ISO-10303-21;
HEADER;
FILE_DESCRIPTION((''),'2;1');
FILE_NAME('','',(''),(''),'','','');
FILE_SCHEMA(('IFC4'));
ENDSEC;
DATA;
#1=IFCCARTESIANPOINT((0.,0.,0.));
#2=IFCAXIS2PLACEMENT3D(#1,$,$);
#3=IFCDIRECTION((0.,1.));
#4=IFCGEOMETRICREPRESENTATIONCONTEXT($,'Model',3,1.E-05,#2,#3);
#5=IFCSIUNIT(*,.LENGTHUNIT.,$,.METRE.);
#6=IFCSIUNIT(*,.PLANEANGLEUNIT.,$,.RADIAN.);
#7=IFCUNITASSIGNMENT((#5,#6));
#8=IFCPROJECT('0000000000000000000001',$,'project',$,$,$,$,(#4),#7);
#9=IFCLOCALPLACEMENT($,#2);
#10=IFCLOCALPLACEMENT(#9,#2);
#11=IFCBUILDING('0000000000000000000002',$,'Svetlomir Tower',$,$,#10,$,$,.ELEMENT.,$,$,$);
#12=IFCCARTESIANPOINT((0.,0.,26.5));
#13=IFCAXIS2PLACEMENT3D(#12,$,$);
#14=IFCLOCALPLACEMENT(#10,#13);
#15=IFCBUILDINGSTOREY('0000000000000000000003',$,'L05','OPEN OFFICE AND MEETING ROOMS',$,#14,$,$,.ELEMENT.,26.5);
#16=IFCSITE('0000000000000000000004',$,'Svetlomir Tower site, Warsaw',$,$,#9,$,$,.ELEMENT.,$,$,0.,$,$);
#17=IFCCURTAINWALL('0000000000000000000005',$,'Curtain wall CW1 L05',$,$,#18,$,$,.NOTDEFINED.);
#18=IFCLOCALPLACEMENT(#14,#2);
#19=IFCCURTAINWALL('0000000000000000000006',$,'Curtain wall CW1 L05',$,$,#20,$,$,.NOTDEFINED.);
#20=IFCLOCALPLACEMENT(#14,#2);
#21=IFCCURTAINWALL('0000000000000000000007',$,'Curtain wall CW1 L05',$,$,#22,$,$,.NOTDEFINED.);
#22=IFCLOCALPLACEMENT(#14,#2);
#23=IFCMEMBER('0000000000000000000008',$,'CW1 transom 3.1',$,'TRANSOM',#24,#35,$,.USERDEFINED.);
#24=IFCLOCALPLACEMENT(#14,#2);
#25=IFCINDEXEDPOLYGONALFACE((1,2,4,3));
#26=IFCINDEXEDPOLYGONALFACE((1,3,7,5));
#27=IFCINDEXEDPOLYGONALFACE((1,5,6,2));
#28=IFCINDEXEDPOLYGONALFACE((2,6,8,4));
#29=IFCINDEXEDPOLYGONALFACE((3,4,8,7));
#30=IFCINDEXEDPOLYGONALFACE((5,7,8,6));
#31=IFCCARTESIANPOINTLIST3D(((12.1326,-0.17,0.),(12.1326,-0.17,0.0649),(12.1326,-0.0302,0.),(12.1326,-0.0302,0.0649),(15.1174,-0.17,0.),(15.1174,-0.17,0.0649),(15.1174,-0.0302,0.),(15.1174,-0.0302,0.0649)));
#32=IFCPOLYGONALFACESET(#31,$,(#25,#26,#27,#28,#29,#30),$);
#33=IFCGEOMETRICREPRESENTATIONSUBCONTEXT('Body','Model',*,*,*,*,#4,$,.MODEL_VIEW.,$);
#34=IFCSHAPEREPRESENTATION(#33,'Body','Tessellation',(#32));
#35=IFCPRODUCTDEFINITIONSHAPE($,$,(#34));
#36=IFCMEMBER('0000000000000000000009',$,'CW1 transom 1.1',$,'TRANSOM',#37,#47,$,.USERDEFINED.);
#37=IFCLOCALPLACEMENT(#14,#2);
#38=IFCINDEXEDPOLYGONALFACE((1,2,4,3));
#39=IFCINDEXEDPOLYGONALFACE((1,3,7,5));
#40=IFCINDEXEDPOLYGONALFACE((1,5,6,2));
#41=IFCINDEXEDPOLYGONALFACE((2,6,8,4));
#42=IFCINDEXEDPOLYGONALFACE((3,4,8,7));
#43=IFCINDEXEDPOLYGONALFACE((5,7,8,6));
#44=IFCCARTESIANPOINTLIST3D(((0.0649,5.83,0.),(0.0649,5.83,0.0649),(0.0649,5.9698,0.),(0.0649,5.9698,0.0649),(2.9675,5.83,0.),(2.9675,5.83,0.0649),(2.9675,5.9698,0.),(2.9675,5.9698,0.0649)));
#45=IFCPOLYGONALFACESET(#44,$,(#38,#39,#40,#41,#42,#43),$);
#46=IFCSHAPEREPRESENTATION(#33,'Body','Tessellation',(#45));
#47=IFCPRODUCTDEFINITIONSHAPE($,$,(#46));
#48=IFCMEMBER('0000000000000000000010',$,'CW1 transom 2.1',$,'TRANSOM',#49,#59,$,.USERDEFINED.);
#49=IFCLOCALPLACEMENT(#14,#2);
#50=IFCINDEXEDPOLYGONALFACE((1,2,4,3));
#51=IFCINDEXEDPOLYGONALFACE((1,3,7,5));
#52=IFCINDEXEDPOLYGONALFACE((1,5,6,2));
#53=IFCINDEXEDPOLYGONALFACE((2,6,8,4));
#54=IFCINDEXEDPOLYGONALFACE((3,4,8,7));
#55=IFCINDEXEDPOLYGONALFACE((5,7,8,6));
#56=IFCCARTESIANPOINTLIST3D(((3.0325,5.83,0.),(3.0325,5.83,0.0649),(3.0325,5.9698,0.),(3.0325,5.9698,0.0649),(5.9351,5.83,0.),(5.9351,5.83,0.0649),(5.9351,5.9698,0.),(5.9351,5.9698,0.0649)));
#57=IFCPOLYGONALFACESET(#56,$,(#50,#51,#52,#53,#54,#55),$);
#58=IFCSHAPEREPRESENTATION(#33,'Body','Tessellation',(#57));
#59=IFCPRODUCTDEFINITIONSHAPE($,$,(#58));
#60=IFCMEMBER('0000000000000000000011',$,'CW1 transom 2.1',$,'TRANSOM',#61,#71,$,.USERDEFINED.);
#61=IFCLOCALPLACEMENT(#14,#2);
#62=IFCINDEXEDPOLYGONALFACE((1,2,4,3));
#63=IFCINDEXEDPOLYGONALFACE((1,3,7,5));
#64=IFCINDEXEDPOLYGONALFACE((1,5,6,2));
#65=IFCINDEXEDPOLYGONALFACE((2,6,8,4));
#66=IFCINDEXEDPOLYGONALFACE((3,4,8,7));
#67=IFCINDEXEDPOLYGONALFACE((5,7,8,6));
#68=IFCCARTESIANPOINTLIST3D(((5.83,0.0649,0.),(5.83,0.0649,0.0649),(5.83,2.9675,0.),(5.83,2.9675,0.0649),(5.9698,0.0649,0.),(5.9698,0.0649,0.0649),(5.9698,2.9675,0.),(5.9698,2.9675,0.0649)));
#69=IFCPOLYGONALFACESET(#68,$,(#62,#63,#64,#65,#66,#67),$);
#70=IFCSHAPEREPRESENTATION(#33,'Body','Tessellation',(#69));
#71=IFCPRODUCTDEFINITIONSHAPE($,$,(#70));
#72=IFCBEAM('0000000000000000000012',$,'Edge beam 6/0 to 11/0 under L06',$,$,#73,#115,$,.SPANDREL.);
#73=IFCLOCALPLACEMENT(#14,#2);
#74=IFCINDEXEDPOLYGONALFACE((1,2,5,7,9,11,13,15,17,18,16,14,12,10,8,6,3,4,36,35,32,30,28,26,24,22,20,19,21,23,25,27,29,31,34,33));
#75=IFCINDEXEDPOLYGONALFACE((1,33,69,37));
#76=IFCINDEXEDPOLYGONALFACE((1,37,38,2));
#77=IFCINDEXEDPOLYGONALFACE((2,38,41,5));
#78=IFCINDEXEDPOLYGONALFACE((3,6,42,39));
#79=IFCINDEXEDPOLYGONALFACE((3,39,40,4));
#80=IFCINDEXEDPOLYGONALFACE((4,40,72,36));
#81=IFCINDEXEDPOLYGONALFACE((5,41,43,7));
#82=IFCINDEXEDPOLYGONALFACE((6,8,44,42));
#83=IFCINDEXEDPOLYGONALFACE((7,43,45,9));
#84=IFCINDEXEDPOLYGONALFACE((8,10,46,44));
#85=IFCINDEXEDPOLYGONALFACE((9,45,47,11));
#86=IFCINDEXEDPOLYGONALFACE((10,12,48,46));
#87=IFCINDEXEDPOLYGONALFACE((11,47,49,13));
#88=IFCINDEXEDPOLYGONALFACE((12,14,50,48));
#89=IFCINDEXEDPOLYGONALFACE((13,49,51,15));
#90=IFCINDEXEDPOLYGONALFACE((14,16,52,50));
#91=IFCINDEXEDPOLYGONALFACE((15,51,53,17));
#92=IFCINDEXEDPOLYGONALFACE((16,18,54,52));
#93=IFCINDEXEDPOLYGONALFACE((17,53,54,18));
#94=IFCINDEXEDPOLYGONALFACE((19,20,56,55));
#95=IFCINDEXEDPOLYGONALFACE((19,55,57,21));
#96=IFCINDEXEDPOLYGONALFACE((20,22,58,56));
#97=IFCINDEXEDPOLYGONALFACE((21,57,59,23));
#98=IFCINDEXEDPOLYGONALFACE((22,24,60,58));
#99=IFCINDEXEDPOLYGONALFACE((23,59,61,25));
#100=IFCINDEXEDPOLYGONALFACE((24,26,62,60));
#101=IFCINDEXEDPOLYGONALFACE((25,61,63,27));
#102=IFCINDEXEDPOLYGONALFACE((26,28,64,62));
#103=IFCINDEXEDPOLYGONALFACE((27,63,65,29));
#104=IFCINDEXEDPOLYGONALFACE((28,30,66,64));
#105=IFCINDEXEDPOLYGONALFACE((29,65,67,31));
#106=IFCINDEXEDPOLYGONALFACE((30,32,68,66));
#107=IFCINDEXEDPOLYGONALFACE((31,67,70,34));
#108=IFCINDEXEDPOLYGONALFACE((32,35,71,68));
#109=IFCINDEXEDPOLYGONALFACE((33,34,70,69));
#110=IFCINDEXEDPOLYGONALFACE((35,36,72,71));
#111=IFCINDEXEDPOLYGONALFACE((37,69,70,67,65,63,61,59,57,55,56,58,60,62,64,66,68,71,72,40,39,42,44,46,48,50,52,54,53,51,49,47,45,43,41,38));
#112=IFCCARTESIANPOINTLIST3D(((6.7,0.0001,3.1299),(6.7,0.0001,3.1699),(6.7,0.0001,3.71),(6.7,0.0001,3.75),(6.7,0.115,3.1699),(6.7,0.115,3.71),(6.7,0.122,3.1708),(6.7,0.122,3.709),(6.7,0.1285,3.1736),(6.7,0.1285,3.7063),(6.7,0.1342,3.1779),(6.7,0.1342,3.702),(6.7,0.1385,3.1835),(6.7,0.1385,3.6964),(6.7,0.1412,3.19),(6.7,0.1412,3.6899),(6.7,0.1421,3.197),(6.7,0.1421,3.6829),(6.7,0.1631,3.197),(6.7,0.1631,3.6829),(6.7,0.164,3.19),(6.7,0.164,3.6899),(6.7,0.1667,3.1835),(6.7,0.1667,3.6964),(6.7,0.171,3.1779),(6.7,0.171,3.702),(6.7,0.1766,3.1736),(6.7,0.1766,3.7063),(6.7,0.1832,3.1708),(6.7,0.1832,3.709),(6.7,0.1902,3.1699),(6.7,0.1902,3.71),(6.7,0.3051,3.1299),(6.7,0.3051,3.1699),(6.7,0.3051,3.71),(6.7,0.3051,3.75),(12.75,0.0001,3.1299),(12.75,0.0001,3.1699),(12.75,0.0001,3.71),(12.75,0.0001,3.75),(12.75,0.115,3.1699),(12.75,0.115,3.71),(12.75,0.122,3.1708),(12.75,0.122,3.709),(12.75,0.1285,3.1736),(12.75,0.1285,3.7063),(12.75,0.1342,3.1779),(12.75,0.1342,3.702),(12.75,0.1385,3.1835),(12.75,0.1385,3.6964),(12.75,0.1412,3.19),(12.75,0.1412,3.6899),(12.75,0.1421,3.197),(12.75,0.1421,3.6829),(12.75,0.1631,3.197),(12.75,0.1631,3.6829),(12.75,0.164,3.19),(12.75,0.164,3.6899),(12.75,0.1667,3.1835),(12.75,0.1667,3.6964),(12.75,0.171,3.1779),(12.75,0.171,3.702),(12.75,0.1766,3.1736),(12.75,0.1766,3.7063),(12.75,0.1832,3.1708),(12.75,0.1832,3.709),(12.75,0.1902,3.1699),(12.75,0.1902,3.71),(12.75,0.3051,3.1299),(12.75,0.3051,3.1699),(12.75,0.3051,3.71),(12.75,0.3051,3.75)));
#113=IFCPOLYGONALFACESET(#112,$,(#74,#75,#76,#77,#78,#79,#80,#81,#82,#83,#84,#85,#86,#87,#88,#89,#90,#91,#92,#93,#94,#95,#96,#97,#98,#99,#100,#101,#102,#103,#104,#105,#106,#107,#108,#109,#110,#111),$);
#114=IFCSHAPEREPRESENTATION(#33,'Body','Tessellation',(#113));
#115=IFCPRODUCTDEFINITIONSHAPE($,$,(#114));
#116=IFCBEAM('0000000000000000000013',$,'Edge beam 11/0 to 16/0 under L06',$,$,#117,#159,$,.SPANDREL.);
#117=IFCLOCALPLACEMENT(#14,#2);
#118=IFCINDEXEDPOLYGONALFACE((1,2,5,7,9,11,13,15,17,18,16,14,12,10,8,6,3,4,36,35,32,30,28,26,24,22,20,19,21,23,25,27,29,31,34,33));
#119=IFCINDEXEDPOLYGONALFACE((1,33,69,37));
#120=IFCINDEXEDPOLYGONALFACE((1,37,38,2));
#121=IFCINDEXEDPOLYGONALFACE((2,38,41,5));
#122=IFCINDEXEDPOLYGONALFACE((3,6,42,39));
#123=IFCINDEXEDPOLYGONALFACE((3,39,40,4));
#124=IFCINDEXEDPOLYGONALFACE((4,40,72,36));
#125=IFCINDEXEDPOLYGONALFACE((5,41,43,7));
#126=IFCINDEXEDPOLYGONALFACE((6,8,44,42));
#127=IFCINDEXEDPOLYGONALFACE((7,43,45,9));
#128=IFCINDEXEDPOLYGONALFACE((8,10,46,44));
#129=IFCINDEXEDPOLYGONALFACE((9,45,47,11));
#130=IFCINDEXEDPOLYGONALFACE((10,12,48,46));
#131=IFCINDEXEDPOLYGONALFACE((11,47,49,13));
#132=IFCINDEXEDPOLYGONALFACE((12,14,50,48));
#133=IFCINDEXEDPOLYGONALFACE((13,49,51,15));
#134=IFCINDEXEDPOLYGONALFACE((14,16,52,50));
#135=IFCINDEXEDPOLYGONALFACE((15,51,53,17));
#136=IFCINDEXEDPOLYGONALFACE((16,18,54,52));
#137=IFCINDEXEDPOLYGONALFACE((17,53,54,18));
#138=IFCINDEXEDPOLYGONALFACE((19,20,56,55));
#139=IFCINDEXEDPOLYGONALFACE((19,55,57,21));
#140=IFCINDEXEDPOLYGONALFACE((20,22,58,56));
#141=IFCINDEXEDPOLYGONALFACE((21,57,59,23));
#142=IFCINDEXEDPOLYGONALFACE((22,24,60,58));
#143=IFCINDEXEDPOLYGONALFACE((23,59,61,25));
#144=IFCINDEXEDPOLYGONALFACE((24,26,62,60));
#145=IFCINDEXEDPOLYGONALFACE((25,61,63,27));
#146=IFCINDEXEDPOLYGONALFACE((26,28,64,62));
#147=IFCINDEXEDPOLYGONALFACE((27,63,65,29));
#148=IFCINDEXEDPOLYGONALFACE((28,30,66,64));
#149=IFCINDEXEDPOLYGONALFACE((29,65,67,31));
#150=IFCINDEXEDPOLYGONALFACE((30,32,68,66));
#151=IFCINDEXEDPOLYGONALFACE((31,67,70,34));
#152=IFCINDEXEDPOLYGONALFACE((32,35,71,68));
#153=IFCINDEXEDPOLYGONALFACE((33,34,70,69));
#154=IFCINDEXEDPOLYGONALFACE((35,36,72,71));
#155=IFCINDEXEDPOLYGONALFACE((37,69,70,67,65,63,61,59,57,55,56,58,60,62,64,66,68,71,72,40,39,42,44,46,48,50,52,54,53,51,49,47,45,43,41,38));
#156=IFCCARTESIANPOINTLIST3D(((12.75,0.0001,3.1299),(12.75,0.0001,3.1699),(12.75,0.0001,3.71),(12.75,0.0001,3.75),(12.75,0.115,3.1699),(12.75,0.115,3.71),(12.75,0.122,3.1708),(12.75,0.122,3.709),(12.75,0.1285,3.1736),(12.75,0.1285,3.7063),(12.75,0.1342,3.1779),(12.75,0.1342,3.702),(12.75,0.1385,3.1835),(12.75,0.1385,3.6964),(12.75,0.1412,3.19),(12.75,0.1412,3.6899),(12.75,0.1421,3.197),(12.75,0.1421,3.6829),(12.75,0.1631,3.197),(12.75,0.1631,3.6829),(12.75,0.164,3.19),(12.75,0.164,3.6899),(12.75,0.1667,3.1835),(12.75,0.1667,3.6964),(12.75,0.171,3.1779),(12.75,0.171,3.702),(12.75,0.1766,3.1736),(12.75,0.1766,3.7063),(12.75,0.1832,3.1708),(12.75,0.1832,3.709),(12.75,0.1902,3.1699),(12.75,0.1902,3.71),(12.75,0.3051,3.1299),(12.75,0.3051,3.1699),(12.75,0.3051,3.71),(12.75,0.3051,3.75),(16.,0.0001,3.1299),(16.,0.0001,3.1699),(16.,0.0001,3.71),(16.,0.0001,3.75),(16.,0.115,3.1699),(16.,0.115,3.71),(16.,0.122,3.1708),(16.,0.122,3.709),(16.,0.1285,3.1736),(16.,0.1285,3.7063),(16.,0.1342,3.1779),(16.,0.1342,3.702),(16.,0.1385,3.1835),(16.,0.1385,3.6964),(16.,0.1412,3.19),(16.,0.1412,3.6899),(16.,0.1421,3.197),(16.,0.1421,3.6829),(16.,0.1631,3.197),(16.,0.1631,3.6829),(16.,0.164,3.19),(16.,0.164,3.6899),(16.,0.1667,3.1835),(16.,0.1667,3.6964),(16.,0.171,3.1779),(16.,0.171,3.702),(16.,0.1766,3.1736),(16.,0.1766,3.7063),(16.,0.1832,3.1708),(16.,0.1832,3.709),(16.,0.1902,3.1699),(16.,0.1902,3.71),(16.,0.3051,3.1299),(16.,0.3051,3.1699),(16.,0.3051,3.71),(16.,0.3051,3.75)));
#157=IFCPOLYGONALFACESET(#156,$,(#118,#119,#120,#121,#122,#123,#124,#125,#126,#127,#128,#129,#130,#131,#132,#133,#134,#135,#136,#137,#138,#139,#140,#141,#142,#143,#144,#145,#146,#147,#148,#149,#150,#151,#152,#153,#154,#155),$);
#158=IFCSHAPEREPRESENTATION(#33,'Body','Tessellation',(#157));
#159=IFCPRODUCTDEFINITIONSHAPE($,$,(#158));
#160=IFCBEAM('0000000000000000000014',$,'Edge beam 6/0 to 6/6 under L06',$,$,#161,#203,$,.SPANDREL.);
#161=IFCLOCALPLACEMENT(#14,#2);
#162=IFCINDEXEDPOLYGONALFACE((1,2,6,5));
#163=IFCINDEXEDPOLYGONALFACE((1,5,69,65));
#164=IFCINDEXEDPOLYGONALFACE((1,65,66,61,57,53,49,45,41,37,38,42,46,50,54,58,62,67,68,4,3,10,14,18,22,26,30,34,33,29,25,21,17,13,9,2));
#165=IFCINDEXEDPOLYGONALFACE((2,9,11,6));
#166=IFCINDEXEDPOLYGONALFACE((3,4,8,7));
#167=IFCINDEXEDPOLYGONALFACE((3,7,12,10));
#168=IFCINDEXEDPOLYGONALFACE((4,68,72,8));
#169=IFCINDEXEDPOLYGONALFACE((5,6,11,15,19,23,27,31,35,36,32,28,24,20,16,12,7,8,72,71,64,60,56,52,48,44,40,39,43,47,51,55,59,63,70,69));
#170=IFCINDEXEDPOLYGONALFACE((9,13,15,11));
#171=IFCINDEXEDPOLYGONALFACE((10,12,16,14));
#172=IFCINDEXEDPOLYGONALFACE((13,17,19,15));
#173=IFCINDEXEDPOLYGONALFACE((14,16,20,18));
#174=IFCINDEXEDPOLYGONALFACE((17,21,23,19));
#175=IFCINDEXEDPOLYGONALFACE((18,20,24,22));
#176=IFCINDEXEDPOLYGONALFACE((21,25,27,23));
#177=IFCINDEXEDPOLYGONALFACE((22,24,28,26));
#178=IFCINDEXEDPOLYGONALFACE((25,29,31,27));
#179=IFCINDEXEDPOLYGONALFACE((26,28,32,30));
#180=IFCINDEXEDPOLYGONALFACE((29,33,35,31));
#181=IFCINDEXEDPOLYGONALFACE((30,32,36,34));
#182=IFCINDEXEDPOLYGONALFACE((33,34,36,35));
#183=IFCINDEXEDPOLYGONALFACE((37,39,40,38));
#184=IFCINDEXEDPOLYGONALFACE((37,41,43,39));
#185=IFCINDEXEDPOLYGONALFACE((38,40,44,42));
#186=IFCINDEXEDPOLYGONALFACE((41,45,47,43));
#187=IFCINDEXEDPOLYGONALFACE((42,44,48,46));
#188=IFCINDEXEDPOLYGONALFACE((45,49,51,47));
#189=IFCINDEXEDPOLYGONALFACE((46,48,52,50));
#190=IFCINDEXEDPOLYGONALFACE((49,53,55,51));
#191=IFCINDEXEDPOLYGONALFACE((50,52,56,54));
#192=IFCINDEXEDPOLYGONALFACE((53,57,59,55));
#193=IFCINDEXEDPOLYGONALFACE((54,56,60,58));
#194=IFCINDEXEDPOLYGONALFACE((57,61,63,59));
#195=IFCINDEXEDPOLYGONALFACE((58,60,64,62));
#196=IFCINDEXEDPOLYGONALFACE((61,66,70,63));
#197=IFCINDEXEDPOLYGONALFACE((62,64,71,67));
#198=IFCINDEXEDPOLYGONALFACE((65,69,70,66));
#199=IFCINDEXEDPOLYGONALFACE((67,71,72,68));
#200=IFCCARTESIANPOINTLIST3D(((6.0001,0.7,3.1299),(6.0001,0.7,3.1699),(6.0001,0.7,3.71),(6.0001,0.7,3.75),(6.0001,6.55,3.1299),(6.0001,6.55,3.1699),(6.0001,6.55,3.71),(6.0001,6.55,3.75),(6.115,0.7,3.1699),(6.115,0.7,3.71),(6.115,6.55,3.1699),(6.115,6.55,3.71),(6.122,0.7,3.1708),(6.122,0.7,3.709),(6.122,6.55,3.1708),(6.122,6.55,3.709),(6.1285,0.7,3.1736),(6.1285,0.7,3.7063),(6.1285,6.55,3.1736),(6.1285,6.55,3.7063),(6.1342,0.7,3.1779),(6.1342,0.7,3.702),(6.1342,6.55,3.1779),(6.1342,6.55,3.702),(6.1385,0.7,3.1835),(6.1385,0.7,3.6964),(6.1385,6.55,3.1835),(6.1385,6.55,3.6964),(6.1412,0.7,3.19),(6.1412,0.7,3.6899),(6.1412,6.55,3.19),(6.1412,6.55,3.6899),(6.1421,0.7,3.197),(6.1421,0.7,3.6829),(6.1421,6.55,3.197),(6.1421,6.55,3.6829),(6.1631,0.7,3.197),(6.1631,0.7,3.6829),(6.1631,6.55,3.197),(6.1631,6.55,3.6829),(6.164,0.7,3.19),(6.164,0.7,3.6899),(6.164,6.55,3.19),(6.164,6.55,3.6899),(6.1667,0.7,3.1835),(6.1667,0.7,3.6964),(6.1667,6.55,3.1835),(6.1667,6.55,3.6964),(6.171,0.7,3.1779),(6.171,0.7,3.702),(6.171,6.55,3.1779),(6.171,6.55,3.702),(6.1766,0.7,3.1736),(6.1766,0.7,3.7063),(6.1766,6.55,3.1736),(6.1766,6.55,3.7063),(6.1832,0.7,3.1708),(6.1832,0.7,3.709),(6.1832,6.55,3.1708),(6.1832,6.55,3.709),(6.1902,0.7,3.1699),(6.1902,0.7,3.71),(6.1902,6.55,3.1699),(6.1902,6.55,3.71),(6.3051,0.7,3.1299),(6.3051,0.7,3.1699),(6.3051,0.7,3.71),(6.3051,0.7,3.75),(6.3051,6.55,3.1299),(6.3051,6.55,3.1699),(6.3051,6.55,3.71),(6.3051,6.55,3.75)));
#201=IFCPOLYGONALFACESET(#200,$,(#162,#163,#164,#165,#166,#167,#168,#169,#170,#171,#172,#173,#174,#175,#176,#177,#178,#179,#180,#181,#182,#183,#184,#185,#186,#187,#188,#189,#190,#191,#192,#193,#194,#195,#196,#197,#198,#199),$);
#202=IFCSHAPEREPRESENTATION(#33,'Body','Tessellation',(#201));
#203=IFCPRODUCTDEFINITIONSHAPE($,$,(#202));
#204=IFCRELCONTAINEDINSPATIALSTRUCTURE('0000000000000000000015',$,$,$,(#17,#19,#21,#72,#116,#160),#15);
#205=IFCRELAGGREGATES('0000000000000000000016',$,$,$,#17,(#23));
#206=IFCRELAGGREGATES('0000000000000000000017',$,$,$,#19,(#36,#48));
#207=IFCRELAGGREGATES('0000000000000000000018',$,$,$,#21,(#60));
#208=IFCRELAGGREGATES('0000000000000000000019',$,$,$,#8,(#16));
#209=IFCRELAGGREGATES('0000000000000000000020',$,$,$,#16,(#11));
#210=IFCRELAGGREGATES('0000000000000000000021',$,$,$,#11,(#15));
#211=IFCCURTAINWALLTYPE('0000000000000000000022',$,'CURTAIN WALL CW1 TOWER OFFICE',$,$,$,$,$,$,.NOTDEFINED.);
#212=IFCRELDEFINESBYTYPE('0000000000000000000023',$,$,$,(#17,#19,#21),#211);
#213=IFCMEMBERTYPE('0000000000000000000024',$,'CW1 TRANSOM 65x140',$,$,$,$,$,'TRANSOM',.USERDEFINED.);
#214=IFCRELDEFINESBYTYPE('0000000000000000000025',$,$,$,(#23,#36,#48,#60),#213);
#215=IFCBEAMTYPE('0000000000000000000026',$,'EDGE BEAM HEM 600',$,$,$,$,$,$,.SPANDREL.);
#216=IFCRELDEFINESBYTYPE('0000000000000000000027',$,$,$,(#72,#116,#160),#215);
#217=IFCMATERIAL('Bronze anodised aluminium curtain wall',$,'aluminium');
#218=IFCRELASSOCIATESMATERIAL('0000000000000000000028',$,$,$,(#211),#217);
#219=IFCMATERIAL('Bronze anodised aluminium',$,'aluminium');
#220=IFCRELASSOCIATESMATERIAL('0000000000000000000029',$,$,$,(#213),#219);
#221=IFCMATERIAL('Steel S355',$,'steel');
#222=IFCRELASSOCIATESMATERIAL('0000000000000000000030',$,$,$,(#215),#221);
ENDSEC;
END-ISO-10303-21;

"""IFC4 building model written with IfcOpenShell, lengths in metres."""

from ifc_helpers import new_model, si_unit, direction, frame, origin, origin_2d, place, context, subcontext, project, spatial, rectangle, i_section, extrude, material, material_profile, profile_set, type_object, element, aggregate, save


model = new_model("IFC4")

# Units and contexts
model_context = context("Model", 3, precision=1e-05, world=origin(), true_north=direction((0.0, 1.0)))
body_context = subcontext(model_context, "Body", "Model", "MODEL_VIEW")
ifc_project = project(units=[si_unit("LENGTHUNIT", "METRE"), si_unit("PLANEANGLEUNIT", "RADIAN")], contexts=[model_context])

# Site, building, storey
site_placement = place(None, origin())
site = spatial("IfcSite", under=ifc_project, at=site_placement, Name="Svetlomir Tower site, Warsaw", CompositionType="ELEMENT", RefElevation=0.0)
building_placement = place(site_placement, origin())
building = spatial("IfcBuilding", under=site, at=building_placement, Name="Svetlomir Tower", CompositionType="ELEMENT")
storey_placement = place(building_placement, frame((0.0, 0.0, 26.5)))
storey = spatial("IfcBuildingStorey", under=building, at=storey_placement, Name="L05", Description="OPEN OFFICE AND MEETING ROOMS", CompositionType="ELEMENT", Elevation=26.5)

# Curtain walls
ifc_material_1 = material(Name="Bronze anodised aluminium curtain wall", Category="aluminium")
curtain_wall_type = type_object("IfcCurtainWallType", Name="CURTAIN WALL CW1 TOWER OFFICE", PredefinedType="NOTDEFINED", material=ifc_material_1)
curtain_wall_1_placement = place(storey_placement, origin())
curtain_wall_1 = element("IfcCurtainWall", 1, at=curtain_wall_1_placement, inside=storey, type_object=curtain_wall_type, Name="Curtain wall CW1 L05", PredefinedType="NOTDEFINED")
curtain_wall_2_placement = place(storey_placement, origin())
curtain_wall_2 = element("IfcCurtainWall", 2, at=curtain_wall_2_placement, inside=storey, type_object=curtain_wall_type, Name="Curtain wall CW1 L05", PredefinedType="NOTDEFINED")
curtain_wall_3_placement = place(storey_placement, origin())
curtain_wall_3 = element("IfcCurtainWall", 3, at=curtain_wall_3_placement, inside=storey, type_object=curtain_wall_type, Name="Curtain wall CW1 L05", PredefinedType="NOTDEFINED")

# Members
ifc_material_2 = material(Name="Bronze anodised aluminium", Category="aluminium")
ifc_material_profile_1 = material_profile(ifc_material_2, rectangle(XDim=0.1399, YDim=0.0649, at=origin_2d()), Name="AL 140x65")
ifc_profile_set_1 = profile_set([ifc_material_profile_1], Name="Bronze anodised aluminium 6063-T6")
member_type_1 = type_object("IfcMemberType", Name="CW1 TRANSOM 65x140", ElementType="TRANSOM", PredefinedType="USERDEFINED", material=ifc_profile_set_1)
member_1_placement = place(storey_placement, frame((12.1326, -0.1001, 0.0325), z_axis=(1.0, 0.0, 0.0), x_axis=(0.0, 1.0, 0.0)))
member_1 = element("IfcMember", 4, at=member_1_placement, type_object=member_type_1, Name="CW1 transom 3.1", ObjectType="TRANSOM", PredefinedType="USERDEFINED", context=body_context, shape_type="SweptSolid", body=[
    extrude(rectangle(XDim=0.1399, YDim=0.0649, at=origin_2d()), origin(), (0.0, 0.0, 1.0), 2.9849),
])
member_2_placement = place(storey_placement, frame((0.0649, 5.8999, 0.0325), z_axis=(1.0, 0.0, 0.0), x_axis=(0.0, 1.0, 0.0)))
member_2 = element("IfcMember", 5, at=member_2_placement, type_object=member_type_1, Name="CW1 transom 1.1", ObjectType="TRANSOM", PredefinedType="USERDEFINED", context=body_context, shape_type="SweptSolid", body=[
    extrude(rectangle(XDim=0.1399, YDim=0.0649, at=origin_2d()), origin(), (0.0, 0.0, 1.0), 2.9026),
])
member_3_placement = place(storey_placement, frame((3.0325, 5.8999, 0.0325), z_axis=(1.0, 0.0, 0.0), x_axis=(0.0, 1.0, 0.0)))
member_3 = element("IfcMember", 6, at=member_3_placement, type_object=member_type_1, Name="CW1 transom 2.1", ObjectType="TRANSOM", PredefinedType="USERDEFINED", context=body_context, shape_type="SweptSolid", body=[
    extrude(rectangle(XDim=0.1399, YDim=0.0649, at=origin_2d()), origin(), (0.0, 0.0, 1.0), 2.9026),
])
member_4_placement = place(storey_placement, frame((5.8999, 2.9675, 0.0325), z_axis=(0.0, -1.0, 0.0), x_axis=(1.0, 0.0, 0.0)))
member_4 = element("IfcMember", 7, at=member_4_placement, type_object=member_type_1, Name="CW1 transom 2.1", ObjectType="TRANSOM", PredefinedType="USERDEFINED", context=body_context, shape_type="SweptSolid", body=[
    extrude(rectangle(XDim=0.1399, YDim=0.0649, at=origin_2d()), origin(), (0.0, 0.0, 1.0), 2.9026),
])

# Beams
ifc_material_3 = material(Name="Steel S355", Category="steel")
ifc_material_profile_2 = material_profile(ifc_material_3, i_section(OverallWidth=0.3049, OverallDepth=0.6201, WebThickness=0.021, FlangeThickness=0.04, FilletRadius=0.0271, at=origin_2d()), Name="HEM 600")
ifc_profile_set_2 = profile_set([ifc_material_profile_2], Name="Steel S355")
beam_type = type_object("IfcBeamType", Name="EDGE BEAM HEM 600", PredefinedType="SPANDREL", material=ifc_profile_set_2)
beam_1_placement = place(storey_placement, frame((6.7, 0.1526, 3.4399), z_axis=(1.0, 0.0, 0.0), x_axis=(0.0, 1.0, 0.0)))
element("IfcBeam", 8, at=beam_1_placement, inside=storey, type_object=beam_type, Name="Edge beam 6/0 to 11/0 under L06", PredefinedType="SPANDREL", context=body_context, shape_type="SweptSolid", body=[
    extrude(i_section(OverallWidth=0.3049, OverallDepth=0.6201, WebThickness=0.021, FlangeThickness=0.04, FilletRadius=0.0271, at=origin_2d()), origin(), (0.0, 0.0, 1.0), 6.05),
])
beam_2_placement = place(storey_placement, frame((12.75, 0.1526, 3.4399), z_axis=(1.0, 0.0, 0.0), x_axis=(0.0, 1.0, 0.0)))
element("IfcBeam", 9, at=beam_2_placement, inside=storey, type_object=beam_type, Name="Edge beam 11/0 to 16/0 under L06", PredefinedType="SPANDREL", context=body_context, shape_type="SweptSolid", body=[
    extrude(i_section(OverallWidth=0.3049, OverallDepth=0.6201, WebThickness=0.021, FlangeThickness=0.04, FilletRadius=0.0271, at=origin_2d()), origin(), (0.0, 0.0, 1.0), 3.25),
])
beam_3_placement = place(storey_placement, frame((6.1526, 0.7, 3.4399), z_axis=(0.0, 1.0, 0.0), x_axis=(-1.0, 0.0, 0.0)))
element("IfcBeam", 10, at=beam_3_placement, inside=storey, type_object=beam_type, Name="Edge beam 6/0 to 6/6 under L06", PredefinedType="SPANDREL", context=body_context, shape_type="SweptSolid", body=[
    extrude(i_section(OverallWidth=0.3049, OverallDepth=0.6201, WebThickness=0.021, FlangeThickness=0.04, FilletRadius=0.0271, at=origin_2d()), origin(), (0.0, 0.0, 1.0), 5.8501),
])

aggregate(curtain_wall_1, [member_1])
aggregate(curtain_wall_2, [member_2, member_3])
aggregate(curtain_wall_3, [member_4])

save(model, "model.ifc")
